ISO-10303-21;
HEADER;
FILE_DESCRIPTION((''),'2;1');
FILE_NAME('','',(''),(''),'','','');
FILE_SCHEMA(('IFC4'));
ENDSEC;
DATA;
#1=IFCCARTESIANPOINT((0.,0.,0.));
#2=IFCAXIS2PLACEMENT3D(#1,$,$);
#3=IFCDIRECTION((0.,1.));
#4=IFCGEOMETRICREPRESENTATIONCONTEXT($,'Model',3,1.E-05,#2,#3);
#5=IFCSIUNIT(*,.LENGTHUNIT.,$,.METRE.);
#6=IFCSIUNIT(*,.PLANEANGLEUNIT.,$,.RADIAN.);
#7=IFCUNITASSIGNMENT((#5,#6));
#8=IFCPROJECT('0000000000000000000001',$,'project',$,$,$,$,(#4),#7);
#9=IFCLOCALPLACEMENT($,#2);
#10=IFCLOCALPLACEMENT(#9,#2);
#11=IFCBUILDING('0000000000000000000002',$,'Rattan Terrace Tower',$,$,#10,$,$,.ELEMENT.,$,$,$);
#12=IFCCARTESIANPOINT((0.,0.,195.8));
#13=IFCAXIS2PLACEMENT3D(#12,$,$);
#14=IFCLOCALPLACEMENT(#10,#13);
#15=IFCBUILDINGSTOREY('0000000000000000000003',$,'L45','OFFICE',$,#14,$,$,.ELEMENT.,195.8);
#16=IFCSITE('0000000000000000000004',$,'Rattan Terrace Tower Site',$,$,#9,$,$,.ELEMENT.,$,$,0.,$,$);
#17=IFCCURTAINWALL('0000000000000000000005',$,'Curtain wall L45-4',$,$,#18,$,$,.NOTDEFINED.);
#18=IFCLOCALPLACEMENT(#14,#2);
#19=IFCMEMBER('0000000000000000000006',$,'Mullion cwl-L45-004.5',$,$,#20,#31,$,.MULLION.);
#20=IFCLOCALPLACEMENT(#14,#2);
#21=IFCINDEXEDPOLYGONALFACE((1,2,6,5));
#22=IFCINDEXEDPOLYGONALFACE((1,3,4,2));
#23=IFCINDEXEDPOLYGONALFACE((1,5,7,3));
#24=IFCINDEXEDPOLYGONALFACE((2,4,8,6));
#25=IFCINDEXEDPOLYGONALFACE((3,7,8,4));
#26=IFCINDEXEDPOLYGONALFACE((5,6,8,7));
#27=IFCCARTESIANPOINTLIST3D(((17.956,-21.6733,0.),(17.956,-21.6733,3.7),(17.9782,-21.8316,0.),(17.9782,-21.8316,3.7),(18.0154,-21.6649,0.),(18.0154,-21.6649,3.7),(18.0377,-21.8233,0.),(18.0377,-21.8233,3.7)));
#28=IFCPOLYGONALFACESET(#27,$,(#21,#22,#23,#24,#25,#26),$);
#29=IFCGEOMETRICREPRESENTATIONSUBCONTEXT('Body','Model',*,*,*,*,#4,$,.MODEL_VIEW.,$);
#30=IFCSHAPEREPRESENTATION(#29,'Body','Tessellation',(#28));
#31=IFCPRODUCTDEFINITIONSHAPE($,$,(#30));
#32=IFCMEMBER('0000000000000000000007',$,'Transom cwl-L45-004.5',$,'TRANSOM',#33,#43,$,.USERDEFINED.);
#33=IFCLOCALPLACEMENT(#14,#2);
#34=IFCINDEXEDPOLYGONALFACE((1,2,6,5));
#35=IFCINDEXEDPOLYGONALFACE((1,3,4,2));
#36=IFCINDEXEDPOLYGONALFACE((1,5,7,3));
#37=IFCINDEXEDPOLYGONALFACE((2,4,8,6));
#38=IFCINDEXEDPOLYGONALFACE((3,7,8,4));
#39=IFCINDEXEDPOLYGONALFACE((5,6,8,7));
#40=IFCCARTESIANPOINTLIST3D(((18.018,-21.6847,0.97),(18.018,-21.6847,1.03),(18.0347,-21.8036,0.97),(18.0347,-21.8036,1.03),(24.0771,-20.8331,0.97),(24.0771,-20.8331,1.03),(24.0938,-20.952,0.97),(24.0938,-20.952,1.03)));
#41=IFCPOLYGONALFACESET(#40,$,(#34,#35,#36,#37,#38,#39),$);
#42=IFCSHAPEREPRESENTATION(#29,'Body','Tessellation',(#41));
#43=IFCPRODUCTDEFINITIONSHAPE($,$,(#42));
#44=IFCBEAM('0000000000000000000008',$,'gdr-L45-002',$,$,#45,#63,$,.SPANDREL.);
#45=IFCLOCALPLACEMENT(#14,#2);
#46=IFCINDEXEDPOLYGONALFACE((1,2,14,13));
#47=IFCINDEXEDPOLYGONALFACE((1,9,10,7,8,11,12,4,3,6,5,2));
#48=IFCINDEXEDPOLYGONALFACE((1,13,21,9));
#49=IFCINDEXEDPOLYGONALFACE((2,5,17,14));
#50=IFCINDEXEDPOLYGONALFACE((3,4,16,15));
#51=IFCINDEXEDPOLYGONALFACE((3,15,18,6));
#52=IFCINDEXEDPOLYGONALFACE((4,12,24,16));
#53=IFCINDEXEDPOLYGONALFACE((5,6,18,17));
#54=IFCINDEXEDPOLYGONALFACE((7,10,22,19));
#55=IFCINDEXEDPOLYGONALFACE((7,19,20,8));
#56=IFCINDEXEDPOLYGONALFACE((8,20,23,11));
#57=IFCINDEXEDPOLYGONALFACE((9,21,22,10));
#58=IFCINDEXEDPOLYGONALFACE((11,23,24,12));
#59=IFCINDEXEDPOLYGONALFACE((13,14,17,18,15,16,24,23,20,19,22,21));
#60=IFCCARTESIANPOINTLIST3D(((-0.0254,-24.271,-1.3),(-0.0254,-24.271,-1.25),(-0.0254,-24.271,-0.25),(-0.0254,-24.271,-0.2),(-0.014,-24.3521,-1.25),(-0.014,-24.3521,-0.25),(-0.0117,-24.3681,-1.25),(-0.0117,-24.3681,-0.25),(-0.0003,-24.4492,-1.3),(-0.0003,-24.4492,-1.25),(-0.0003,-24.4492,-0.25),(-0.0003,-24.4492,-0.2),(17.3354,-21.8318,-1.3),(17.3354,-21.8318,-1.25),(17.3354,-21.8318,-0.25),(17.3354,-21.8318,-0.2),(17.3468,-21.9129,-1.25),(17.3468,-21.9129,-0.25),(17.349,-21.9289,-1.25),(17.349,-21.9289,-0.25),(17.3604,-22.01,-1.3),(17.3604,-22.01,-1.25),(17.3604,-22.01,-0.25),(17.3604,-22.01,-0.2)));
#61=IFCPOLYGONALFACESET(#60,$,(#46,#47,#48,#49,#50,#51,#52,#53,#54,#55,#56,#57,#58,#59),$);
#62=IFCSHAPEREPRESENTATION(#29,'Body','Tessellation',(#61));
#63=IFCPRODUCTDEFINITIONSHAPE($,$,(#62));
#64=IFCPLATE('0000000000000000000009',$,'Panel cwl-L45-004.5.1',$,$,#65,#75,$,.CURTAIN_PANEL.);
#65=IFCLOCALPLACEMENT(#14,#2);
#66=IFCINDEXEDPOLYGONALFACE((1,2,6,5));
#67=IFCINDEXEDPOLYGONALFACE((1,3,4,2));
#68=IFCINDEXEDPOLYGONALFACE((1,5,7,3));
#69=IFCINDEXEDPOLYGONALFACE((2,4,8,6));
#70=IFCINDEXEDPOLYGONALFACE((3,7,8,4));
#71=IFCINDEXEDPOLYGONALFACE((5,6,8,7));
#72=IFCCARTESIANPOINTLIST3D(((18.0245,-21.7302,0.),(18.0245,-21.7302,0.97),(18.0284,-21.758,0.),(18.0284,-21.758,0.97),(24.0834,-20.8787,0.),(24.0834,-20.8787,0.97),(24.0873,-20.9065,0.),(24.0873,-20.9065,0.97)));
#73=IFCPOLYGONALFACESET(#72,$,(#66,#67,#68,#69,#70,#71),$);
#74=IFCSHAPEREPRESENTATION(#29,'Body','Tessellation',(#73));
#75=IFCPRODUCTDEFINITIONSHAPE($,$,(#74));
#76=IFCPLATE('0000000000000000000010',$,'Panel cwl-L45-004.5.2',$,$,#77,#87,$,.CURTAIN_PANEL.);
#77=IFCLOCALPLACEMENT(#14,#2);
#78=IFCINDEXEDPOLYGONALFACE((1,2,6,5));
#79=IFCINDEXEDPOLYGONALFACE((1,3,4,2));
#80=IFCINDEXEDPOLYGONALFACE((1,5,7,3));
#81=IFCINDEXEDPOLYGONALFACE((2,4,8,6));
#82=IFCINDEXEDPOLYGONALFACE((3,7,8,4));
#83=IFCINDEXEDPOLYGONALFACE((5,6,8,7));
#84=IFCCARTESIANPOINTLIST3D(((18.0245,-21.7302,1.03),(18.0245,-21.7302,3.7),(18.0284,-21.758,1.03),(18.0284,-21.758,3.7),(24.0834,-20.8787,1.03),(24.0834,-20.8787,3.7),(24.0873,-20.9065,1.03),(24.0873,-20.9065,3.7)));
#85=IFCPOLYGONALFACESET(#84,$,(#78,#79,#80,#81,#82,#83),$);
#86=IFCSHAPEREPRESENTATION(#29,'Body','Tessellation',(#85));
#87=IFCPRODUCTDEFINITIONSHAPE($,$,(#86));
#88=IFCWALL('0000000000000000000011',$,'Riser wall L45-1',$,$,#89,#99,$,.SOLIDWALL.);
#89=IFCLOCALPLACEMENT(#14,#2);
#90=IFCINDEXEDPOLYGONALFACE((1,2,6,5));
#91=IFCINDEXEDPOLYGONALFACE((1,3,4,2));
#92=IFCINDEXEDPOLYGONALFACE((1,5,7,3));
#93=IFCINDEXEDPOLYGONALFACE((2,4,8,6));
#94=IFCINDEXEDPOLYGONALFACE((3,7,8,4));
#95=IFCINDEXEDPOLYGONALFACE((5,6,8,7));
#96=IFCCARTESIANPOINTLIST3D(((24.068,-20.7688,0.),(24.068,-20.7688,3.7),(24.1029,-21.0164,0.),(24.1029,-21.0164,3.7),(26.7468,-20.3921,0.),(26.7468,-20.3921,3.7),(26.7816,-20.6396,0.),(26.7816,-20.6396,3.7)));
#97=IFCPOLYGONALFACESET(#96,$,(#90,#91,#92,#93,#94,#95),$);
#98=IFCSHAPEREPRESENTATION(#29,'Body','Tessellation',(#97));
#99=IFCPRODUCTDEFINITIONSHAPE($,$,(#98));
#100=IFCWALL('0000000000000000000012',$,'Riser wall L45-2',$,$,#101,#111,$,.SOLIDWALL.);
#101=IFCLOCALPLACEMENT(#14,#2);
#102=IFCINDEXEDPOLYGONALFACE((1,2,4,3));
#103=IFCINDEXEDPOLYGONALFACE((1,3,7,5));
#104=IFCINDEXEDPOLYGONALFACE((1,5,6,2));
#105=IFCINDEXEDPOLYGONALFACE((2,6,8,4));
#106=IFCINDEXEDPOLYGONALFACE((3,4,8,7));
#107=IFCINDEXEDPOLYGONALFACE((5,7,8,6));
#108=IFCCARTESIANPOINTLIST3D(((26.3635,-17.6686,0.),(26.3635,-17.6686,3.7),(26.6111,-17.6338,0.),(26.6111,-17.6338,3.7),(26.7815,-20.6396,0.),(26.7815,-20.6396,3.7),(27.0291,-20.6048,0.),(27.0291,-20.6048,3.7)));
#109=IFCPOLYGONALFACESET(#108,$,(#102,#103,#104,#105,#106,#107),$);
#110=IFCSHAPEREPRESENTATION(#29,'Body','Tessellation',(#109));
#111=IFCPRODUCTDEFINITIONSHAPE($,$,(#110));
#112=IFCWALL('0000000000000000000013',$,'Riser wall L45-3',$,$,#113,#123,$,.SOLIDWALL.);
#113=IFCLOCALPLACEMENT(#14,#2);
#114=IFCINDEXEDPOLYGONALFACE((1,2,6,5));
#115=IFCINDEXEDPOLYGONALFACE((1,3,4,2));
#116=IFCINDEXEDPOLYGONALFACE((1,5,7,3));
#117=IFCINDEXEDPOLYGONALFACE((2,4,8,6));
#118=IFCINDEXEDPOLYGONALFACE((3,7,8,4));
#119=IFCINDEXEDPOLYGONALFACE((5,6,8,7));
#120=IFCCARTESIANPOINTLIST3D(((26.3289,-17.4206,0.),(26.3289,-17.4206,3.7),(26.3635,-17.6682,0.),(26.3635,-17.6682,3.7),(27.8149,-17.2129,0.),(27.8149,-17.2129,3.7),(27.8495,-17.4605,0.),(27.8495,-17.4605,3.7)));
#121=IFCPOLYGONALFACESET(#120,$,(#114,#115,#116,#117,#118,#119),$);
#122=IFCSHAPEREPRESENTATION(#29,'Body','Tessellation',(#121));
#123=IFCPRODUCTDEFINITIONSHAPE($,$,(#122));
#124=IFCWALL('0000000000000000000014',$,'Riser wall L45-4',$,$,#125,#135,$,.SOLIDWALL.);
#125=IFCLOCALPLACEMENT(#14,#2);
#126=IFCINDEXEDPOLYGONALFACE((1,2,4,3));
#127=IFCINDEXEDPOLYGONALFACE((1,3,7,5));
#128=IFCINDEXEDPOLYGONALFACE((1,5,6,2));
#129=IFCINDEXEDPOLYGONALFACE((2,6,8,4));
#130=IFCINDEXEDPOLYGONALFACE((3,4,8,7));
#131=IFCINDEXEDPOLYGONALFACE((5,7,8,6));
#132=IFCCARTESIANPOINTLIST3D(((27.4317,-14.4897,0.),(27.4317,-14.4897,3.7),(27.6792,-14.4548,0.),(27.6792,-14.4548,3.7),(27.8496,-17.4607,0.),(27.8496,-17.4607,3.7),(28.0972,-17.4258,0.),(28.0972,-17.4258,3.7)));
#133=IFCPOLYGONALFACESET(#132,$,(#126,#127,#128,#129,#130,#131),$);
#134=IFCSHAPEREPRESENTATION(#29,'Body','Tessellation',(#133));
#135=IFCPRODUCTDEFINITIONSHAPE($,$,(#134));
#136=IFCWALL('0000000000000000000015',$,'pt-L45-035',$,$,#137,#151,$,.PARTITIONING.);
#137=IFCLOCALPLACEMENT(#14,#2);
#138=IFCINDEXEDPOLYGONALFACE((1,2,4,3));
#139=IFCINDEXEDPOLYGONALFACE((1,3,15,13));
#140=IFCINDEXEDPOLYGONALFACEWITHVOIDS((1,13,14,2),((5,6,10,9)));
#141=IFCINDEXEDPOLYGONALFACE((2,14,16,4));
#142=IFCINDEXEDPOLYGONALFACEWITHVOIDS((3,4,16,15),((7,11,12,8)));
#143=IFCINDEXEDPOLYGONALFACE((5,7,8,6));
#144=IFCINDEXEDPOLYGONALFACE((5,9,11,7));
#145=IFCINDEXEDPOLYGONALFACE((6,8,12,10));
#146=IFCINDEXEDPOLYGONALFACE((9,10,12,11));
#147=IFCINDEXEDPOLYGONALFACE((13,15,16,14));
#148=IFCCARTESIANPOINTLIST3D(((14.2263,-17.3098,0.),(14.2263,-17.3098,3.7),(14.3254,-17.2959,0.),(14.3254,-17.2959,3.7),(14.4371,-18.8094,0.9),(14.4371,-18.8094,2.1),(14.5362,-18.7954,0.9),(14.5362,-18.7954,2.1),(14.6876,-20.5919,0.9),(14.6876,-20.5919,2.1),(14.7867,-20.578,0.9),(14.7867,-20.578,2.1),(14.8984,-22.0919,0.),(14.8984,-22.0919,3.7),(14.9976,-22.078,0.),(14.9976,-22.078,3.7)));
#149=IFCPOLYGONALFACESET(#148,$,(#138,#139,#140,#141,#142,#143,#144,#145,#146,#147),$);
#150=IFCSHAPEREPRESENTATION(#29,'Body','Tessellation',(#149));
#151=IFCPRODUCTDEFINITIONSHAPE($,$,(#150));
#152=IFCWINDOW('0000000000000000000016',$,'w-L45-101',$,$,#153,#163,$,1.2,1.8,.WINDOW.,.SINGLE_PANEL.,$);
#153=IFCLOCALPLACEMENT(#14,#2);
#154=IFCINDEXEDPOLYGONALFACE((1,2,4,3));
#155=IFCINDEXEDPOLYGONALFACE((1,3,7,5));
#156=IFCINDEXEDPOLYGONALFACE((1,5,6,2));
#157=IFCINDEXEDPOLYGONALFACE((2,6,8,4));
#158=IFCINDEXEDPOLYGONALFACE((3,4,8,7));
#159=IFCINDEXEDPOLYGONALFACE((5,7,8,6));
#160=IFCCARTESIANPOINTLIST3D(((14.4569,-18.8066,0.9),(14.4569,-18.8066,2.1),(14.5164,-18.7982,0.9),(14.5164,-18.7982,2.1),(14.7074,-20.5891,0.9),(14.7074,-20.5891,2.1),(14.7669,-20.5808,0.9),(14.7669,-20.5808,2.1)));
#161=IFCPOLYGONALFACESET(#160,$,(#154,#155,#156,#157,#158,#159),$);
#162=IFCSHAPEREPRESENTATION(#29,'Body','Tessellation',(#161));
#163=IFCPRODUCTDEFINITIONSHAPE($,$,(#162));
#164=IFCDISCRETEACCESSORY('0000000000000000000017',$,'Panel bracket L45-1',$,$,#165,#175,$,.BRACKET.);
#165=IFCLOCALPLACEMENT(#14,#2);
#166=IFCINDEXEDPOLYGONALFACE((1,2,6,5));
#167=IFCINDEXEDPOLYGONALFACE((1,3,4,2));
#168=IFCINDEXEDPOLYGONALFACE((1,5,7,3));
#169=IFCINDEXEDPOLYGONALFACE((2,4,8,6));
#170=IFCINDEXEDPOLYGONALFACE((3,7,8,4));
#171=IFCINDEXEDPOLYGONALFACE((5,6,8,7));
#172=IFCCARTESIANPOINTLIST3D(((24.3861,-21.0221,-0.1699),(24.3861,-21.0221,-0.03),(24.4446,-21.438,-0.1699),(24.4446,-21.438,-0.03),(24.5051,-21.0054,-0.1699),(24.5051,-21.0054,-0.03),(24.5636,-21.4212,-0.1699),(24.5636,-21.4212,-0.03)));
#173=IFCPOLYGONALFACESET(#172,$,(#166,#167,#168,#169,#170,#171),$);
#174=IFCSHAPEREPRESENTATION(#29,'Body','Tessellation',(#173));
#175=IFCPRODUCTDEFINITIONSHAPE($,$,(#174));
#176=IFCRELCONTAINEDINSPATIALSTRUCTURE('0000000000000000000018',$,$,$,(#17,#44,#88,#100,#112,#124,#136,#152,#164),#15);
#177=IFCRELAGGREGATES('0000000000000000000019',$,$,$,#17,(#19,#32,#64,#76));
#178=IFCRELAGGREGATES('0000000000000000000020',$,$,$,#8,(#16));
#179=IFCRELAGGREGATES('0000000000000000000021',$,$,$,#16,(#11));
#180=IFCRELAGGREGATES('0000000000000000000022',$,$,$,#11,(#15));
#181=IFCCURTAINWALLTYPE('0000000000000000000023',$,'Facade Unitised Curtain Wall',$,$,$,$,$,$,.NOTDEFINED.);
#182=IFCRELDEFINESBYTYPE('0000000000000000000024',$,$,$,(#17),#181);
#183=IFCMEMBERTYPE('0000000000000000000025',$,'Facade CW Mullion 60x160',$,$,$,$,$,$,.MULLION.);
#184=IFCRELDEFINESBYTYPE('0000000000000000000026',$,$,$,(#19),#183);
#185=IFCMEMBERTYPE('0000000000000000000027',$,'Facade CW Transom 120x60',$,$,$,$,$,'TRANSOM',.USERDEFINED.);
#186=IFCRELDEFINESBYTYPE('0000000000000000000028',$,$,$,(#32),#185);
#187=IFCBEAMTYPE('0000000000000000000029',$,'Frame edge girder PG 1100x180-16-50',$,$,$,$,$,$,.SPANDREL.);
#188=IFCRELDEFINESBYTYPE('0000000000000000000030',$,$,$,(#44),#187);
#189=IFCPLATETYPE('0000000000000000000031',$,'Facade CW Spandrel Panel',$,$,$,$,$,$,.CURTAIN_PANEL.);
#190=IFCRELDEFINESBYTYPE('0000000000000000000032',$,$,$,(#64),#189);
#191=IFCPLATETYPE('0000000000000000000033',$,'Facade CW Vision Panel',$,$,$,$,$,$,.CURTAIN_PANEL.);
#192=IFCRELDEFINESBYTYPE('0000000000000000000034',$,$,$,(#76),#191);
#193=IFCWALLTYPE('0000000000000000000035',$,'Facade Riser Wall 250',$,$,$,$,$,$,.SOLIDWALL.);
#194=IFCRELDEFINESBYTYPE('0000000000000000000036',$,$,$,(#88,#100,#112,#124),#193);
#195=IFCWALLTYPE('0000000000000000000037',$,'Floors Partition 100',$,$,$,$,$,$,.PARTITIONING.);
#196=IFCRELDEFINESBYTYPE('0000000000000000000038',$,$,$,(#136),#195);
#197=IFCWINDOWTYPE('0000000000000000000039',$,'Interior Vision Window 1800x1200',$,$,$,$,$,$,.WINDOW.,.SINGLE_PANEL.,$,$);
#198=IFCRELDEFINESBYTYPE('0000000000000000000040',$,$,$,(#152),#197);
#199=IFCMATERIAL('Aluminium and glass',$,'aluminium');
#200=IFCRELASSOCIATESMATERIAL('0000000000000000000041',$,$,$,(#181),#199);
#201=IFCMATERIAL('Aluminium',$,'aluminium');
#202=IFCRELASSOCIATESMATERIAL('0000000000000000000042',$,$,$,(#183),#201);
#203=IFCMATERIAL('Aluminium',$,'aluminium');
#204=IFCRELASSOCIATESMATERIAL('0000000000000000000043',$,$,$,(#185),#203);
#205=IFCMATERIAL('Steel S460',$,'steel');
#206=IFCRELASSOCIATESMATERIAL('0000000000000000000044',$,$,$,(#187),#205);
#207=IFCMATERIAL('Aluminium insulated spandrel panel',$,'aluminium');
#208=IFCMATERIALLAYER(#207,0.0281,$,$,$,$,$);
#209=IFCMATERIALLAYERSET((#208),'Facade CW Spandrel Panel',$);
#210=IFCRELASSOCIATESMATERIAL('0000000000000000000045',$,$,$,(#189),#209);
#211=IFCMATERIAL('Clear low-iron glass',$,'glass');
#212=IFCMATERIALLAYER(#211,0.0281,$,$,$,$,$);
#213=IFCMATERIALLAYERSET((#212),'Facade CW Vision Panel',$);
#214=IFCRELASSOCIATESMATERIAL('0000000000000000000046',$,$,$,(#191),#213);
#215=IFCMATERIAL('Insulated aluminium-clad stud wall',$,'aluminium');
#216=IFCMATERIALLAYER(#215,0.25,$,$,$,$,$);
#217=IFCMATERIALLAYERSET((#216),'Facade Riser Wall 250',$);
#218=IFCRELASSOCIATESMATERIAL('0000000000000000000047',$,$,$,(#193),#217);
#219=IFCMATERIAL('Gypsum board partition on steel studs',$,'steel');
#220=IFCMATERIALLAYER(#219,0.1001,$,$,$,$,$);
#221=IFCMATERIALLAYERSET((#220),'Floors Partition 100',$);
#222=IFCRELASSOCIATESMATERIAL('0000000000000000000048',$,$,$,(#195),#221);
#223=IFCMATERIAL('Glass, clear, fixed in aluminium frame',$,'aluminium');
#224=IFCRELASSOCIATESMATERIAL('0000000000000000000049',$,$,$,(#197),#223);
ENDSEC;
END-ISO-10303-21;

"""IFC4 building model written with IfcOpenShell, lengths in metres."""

from ifc_helpers import new_model, si_unit, direction, frame, frame_2d, origin, origin_2d, place, context, subcontext, project, spatial, rectangle, i_section, extrude, material, layer, layer_set, material_profile, profile_set, type_object, element, fill, aggregate, save


model = new_model("IFC4")

# Units and contexts
model_context = context("Model", 3, precision=1e-05, world=origin(), true_north=direction((0.0, 1.0)))
body_context = subcontext(model_context, "Body", "Model", "MODEL_VIEW")
ifc_project = project(units=[si_unit("LENGTHUNIT", "METRE"), si_unit("PLANEANGLEUNIT", "RADIAN")], contexts=[model_context])

# Site, building, storey
site_placement = place(None, origin())
site = spatial("IfcSite", under=ifc_project, at=site_placement, Name="Rattan Terrace Tower Site", CompositionType="ELEMENT", RefElevation=0.0)
building_placement = place(site_placement, origin())
building = spatial("IfcBuilding", under=site, at=building_placement, Name="Rattan Terrace Tower", CompositionType="ELEMENT")
storey_placement = place(building_placement, frame((0.0, 0.0, 195.8)))
storey = spatial("IfcBuildingStorey", under=building, at=storey_placement, Name="L45", Description="OFFICE", CompositionType="ELEMENT", Elevation=195.8)

# Curtain wall, members
ifc_material_1 = material(Name="Aluminium and glass", Category="aluminium")
curtain_wall_type = type_object("IfcCurtainWallType", Name="Facade Unitised Curtain Wall", PredefinedType="NOTDEFINED", material=ifc_material_1)
curtain_wall_placement = place(storey_placement, origin())
curtain_wall = element("IfcCurtainWall", 1, at=curtain_wall_placement, inside=storey, type_object=curtain_wall_type, Name="Curtain wall L45-4", PredefinedType="NOTDEFINED")
ifc_material_2 = material(Name="Aluminium", Category="aluminium")
ifc_material_profile_1 = material_profile(ifc_material_2, rectangle(XDim=0.0601, YDim=0.1599, at=origin_2d()), Name="Aluminium 60x160")
ifc_profile_set_1 = profile_set([ifc_material_profile_1], Name="Aluminium")
member_type_1 = type_object("IfcMemberType", Name="Facade CW Mullion 60x160", PredefinedType="MULLION", material=ifc_profile_set_1)
member_1_placement = place(storey_placement, frame((17.9968, -21.7483, 0.0), z_axis=(0.0, 0.0, 1.0), x_axis=(0.99027, 0.139161, 0.0)))
member_1 = element("IfcMember", 2, at=member_1_placement, type_object=member_type_1, Name="Mullion cwl-L45-004.5", PredefinedType="MULLION", context=body_context, shape_type="SweptSolid", body=[
    extrude(rectangle(XDim=0.0601, YDim=0.1599, at=origin_2d()), origin(), (0.0, 0.0, 1.0), 3.7),
])
ifc_material_3 = material(Name="Aluminium", Category="aluminium")
ifc_material_profile_2 = material_profile(ifc_material_3, rectangle(XDim=0.1201, YDim=0.0601, at=origin_2d()), Name="Aluminium 120x60")
ifc_profile_set_2 = profile_set([ifc_material_profile_2], Name="Aluminium")
member_type_2 = type_object("IfcMemberType", Name="Facade CW Transom 120x60", ElementType="TRANSOM", PredefinedType="USERDEFINED", material=ifc_profile_set_2)
member_2_placement = place(storey_placement, frame((18.0264, -21.7441, 1.0), z_axis=(0.990268, 0.139175, 0.0), x_axis=(-0.139175, 0.990268, 0.0)))
member_2 = element("IfcMember", 3, at=member_2_placement, type_object=member_type_2, Name="Transom cwl-L45-004.5", ObjectType="TRANSOM", PredefinedType="USERDEFINED", context=body_context, shape_type="SweptSolid", body=[
    extrude(rectangle(XDim=0.1201, YDim=0.0601, at=origin_2d()), origin(), (0.0, 0.0, 1.0), 6.1187),
])

# Beam
ifc_material_4 = material(Name="Steel S460", Category="steel")
ifc_material_profile_3 = material_profile(ifc_material_4, i_section(OverallWidth=0.1799, OverallDepth=1.1001, WebThickness=0.0161, FlangeThickness=0.05, at=origin_2d()), Name="PG 1100x180-16-50")
ifc_profile_set_3 = profile_set([ifc_material_profile_3], Name="Steel S460")
beam_type = type_object("IfcBeamType", Name="Frame edge girder PG 1100x180-16-50", PredefinedType="SPANDREL", material=ifc_profile_set_3)
beam_placement = place(storey_placement, frame((17.3479, -21.9209, -0.75), z_axis=(-0.990274, -0.139134, 0.0), x_axis=(0.139134, -0.990274, 0.0)))
element("IfcBeam", 4, at=beam_placement, inside=storey, type_object=beam_type, Name="gdr-L45-002", PredefinedType="SPANDREL", context=body_context, shape_type="SweptSolid", body=[
    extrude(i_section(OverallWidth=0.1799, OverallDepth=1.1001, WebThickness=0.0161, FlangeThickness=0.05, at=origin_2d()), origin(), (0.0, 0.0, 1.0), 17.5312),
])

# Plates
ifc_material_5 = material(Name="Aluminium insulated spandrel panel", Category="aluminium")
ifc_layer_1 = layer(ifc_material_5, 0.0281)
ifc_layer_set_1 = layer_set([ifc_layer_1], Name="Facade CW Spandrel Panel")
plate_type_1 = type_object("IfcPlateType", Name="Facade CW Spandrel Panel", PredefinedType="CURTAIN_PANEL", material=ifc_layer_set_1)
plate_1_placement = place(storey_placement, frame((21.0559, -21.3184, 0.0), z_axis=(0.0, 0.0, 1.0), x_axis=(0.99027, 0.139161, 0.0)))
plate_1 = element("IfcPlate", 5, at=plate_1_placement, type_object=plate_type_1, Name="Panel cwl-L45-004.5.1", PredefinedType="CURTAIN_PANEL", context=body_context, shape_type="SweptSolid", body=[
    extrude(rectangle(XDim=6.1184, YDim=0.0281, at=origin_2d()), origin(), (0.0, 0.0, 1.0), 0.97),
])
ifc_material_6 = material(Name="Clear low-iron glass", Category="glass")
ifc_layer_2 = layer(ifc_material_6, 0.0281)
ifc_layer_set_2 = layer_set([ifc_layer_2], Name="Facade CW Vision Panel")
plate_type_2 = type_object("IfcPlateType", Name="Facade CW Vision Panel", PredefinedType="CURTAIN_PANEL", material=ifc_layer_set_2)
plate_2_placement = place(storey_placement, frame((21.0559, -21.3184, 1.03), z_axis=(0.0, 0.0, 1.0), x_axis=(0.99027, 0.139161, 0.0)))
plate_2 = element("IfcPlate", 6, at=plate_2_placement, type_object=plate_type_2, Name="Panel cwl-L45-004.5.2", PredefinedType="CURTAIN_PANEL", context=body_context, shape_type="SweptSolid", body=[
    extrude(rectangle(XDim=6.1184, YDim=0.0281, at=origin_2d()), origin(), (0.0, 0.0, 1.0), 2.6699),
])
aggregate(curtain_wall, [member_1, member_2, plate_1, plate_2])

# Walls
ifc_material_7 = material(Name="Insulated aluminium-clad stud wall", Category="aluminium")
ifc_layer_3 = layer(ifc_material_7, 0.25)
ifc_layer_set_3 = layer_set([ifc_layer_3], Name="Facade Riser Wall 250")
wall_type_1 = type_object("IfcWallType", Name="Facade Riser Wall 250", PredefinedType="SOLIDWALL", material=ifc_layer_set_3)
wall_1_placement = place(storey_placement, frame((24.0854, -20.8926, 0.0), z_axis=(0.0, 0.0, 1.0), x_axis=(0.990256, 0.13926, 0.0)))
element("IfcWall", 7, at=wall_1_placement, inside=storey, type_object=wall_type_1, Name="Riser wall L45-1", PredefinedType="SOLIDWALL", context=body_context, shape_type="SweptSolid", body=[
    extrude(rectangle(XDim=2.7051, YDim=0.25, at=frame_2d((1.3525, 0.0))), origin(), (0.0, 0.0, 1.0), 3.7),
])
wall_2_placement = place(storey_placement, frame((26.9053, -20.6221, 0.0), z_axis=(0.0, 0.0, 1.0), x_axis=(-0.139313, 0.990248, 0.0)))
element("IfcWall", 8, at=wall_2_placement, inside=storey, type_object=wall_type_1, Name="Riser wall L45-2", PredefinedType="SOLIDWALL", context=body_context, shape_type="SweptSolid", body=[
    extrude(rectangle(XDim=3.0002, YDim=0.25, at=frame_2d((1.5, 0.0))), origin(), (0.0, 0.0, 1.0), 3.7),
])
wall_3_placement = place(storey_placement, frame((26.3462, -17.5444, 0.0), z_axis=(0.0, 0.0, 1.0), x_axis=(0.990368, 0.13846, 0.0)))
element("IfcWall", 9, at=wall_3_placement, inside=storey, type_object=wall_type_1, Name="Riser wall L45-3", PredefinedType="SOLIDWALL", context=body_context, shape_type="SweptSolid", body=[
    extrude(rectangle(XDim=1.5005, YDim=0.25, at=frame_2d((0.7502, 0.0))), origin(), (0.0, 0.0, 1.0), 3.7),
])
wall_4_placement = place(storey_placement, frame((27.9734, -17.4431, 0.0), z_axis=(0.0, 0.0, 1.0), x_axis=(-0.139313, 0.990248, 0.0)))
element("IfcWall", 10, at=wall_4_placement, inside=storey, type_object=wall_type_1, Name="Riser wall L45-4", PredefinedType="SOLIDWALL", context=body_context, shape_type="SweptSolid", body=[
    extrude(rectangle(XDim=3.0002, YDim=0.25, at=frame_2d((1.5, 0.0))), origin(), (0.0, 0.0, 1.0), 3.7),
])

# Wall, opening, window
ifc_material_8 = material(Name="Gypsum board partition on steel studs", Category="steel")
ifc_layer_4 = layer(ifc_material_8, 0.1001)
ifc_layer_set_4 = layer_set([ifc_layer_4], Name="Floors Partition 100")
wall_type_2 = type_object("IfcWallType", Name="Floors Partition 100", PredefinedType="PARTITIONING", material=ifc_layer_set_4)
wall_5_placement = place(storey_placement, frame((14.948, -22.085, 0.0), z_axis=(0.0, 0.0, 1.0), x_axis=(-0.139184, 0.990266, 0.0)))
wall_5 = element("IfcWall", 11, at=wall_5_placement, inside=storey, type_object=wall_type_2, Name="pt-L45-035", PredefinedType="PARTITIONING", context=body_context, shape_type="SweptSolid", body=[
    extrude(rectangle(XDim=4.8291, YDim=0.1001, at=frame_2d((2.4146, 0.0))), origin(), (0.0, 0.0, 1.0), 3.7),
])
opening_placement = place(wall_5_placement, frame((1.5149, 0.0, 0.8999)))
opening = element("IfcOpeningElement", 12, at=opening_placement, cuts=wall_5, PredefinedType="OPENING", context=body_context, shape_type="SweptSolid", body=[
    extrude(rectangle(XDim=1.8, YDim=1.2, at=frame_2d((0.8999, 0.6001))), frame((0.0, 0.0605, 0.0), z_axis=(0.0, -1.0, 0.0), x_axis=(1.0, 0.0, 0.0)), (0.0, 0.0, 1.0), 0.1211),
])
ifc_material_9 = material(Name="Glass, clear, fixed in aluminium frame", Category="aluminium")
window_type = type_object("IfcWindowType", Name="Interior Vision Window 1800x1200", PartitioningType="SINGLE_PANEL", PredefinedType="WINDOW", material=ifc_material_9)
window_placement = place(opening_placement, origin())
window = element("IfcWindow", 13, at=window_placement, inside=storey, type_object=window_type, Name="w-L45-101", OverallHeight=1.2, OverallWidth=1.8, PartitioningType="SINGLE_PANEL", PredefinedType="WINDOW", context=body_context, shape_type="SweptSolid", body=[
    extrude(rectangle(XDim=1.8, YDim=1.2, at=frame_2d((0.8999, 0.6001))), frame((0.0, 0.03, 0.0), z_axis=(0.0, -1.0, 0.0), x_axis=(1.0, 0.0, 0.0)), (0.0, 0.0, 1.0), 0.0601),
])
fill(opening, window)

# Discrete accessory
for number, where, z_axis, x_axis, name in (
    (14, (24.4749, -21.2217, -0.1699), (0.0, 0.0, 1.0), (0.990247, 0.139321, 0.0), "Panel bracket L45-1"),
):
    element("IfcDiscreteAccessory", number, at=place(storey_placement, frame(where, z_axis=z_axis, x_axis=x_axis)), inside=storey, Name=name, PredefinedType="BRACKET", context=body_context, shape_type="SweptSolid", body=[
        extrude(rectangle(XDim=0.1201, YDim=0.4199, at=origin_2d()), origin(), (0.0, 0.0, 1.0), 0.1399),
    ])

save(model, "model.ifc")
